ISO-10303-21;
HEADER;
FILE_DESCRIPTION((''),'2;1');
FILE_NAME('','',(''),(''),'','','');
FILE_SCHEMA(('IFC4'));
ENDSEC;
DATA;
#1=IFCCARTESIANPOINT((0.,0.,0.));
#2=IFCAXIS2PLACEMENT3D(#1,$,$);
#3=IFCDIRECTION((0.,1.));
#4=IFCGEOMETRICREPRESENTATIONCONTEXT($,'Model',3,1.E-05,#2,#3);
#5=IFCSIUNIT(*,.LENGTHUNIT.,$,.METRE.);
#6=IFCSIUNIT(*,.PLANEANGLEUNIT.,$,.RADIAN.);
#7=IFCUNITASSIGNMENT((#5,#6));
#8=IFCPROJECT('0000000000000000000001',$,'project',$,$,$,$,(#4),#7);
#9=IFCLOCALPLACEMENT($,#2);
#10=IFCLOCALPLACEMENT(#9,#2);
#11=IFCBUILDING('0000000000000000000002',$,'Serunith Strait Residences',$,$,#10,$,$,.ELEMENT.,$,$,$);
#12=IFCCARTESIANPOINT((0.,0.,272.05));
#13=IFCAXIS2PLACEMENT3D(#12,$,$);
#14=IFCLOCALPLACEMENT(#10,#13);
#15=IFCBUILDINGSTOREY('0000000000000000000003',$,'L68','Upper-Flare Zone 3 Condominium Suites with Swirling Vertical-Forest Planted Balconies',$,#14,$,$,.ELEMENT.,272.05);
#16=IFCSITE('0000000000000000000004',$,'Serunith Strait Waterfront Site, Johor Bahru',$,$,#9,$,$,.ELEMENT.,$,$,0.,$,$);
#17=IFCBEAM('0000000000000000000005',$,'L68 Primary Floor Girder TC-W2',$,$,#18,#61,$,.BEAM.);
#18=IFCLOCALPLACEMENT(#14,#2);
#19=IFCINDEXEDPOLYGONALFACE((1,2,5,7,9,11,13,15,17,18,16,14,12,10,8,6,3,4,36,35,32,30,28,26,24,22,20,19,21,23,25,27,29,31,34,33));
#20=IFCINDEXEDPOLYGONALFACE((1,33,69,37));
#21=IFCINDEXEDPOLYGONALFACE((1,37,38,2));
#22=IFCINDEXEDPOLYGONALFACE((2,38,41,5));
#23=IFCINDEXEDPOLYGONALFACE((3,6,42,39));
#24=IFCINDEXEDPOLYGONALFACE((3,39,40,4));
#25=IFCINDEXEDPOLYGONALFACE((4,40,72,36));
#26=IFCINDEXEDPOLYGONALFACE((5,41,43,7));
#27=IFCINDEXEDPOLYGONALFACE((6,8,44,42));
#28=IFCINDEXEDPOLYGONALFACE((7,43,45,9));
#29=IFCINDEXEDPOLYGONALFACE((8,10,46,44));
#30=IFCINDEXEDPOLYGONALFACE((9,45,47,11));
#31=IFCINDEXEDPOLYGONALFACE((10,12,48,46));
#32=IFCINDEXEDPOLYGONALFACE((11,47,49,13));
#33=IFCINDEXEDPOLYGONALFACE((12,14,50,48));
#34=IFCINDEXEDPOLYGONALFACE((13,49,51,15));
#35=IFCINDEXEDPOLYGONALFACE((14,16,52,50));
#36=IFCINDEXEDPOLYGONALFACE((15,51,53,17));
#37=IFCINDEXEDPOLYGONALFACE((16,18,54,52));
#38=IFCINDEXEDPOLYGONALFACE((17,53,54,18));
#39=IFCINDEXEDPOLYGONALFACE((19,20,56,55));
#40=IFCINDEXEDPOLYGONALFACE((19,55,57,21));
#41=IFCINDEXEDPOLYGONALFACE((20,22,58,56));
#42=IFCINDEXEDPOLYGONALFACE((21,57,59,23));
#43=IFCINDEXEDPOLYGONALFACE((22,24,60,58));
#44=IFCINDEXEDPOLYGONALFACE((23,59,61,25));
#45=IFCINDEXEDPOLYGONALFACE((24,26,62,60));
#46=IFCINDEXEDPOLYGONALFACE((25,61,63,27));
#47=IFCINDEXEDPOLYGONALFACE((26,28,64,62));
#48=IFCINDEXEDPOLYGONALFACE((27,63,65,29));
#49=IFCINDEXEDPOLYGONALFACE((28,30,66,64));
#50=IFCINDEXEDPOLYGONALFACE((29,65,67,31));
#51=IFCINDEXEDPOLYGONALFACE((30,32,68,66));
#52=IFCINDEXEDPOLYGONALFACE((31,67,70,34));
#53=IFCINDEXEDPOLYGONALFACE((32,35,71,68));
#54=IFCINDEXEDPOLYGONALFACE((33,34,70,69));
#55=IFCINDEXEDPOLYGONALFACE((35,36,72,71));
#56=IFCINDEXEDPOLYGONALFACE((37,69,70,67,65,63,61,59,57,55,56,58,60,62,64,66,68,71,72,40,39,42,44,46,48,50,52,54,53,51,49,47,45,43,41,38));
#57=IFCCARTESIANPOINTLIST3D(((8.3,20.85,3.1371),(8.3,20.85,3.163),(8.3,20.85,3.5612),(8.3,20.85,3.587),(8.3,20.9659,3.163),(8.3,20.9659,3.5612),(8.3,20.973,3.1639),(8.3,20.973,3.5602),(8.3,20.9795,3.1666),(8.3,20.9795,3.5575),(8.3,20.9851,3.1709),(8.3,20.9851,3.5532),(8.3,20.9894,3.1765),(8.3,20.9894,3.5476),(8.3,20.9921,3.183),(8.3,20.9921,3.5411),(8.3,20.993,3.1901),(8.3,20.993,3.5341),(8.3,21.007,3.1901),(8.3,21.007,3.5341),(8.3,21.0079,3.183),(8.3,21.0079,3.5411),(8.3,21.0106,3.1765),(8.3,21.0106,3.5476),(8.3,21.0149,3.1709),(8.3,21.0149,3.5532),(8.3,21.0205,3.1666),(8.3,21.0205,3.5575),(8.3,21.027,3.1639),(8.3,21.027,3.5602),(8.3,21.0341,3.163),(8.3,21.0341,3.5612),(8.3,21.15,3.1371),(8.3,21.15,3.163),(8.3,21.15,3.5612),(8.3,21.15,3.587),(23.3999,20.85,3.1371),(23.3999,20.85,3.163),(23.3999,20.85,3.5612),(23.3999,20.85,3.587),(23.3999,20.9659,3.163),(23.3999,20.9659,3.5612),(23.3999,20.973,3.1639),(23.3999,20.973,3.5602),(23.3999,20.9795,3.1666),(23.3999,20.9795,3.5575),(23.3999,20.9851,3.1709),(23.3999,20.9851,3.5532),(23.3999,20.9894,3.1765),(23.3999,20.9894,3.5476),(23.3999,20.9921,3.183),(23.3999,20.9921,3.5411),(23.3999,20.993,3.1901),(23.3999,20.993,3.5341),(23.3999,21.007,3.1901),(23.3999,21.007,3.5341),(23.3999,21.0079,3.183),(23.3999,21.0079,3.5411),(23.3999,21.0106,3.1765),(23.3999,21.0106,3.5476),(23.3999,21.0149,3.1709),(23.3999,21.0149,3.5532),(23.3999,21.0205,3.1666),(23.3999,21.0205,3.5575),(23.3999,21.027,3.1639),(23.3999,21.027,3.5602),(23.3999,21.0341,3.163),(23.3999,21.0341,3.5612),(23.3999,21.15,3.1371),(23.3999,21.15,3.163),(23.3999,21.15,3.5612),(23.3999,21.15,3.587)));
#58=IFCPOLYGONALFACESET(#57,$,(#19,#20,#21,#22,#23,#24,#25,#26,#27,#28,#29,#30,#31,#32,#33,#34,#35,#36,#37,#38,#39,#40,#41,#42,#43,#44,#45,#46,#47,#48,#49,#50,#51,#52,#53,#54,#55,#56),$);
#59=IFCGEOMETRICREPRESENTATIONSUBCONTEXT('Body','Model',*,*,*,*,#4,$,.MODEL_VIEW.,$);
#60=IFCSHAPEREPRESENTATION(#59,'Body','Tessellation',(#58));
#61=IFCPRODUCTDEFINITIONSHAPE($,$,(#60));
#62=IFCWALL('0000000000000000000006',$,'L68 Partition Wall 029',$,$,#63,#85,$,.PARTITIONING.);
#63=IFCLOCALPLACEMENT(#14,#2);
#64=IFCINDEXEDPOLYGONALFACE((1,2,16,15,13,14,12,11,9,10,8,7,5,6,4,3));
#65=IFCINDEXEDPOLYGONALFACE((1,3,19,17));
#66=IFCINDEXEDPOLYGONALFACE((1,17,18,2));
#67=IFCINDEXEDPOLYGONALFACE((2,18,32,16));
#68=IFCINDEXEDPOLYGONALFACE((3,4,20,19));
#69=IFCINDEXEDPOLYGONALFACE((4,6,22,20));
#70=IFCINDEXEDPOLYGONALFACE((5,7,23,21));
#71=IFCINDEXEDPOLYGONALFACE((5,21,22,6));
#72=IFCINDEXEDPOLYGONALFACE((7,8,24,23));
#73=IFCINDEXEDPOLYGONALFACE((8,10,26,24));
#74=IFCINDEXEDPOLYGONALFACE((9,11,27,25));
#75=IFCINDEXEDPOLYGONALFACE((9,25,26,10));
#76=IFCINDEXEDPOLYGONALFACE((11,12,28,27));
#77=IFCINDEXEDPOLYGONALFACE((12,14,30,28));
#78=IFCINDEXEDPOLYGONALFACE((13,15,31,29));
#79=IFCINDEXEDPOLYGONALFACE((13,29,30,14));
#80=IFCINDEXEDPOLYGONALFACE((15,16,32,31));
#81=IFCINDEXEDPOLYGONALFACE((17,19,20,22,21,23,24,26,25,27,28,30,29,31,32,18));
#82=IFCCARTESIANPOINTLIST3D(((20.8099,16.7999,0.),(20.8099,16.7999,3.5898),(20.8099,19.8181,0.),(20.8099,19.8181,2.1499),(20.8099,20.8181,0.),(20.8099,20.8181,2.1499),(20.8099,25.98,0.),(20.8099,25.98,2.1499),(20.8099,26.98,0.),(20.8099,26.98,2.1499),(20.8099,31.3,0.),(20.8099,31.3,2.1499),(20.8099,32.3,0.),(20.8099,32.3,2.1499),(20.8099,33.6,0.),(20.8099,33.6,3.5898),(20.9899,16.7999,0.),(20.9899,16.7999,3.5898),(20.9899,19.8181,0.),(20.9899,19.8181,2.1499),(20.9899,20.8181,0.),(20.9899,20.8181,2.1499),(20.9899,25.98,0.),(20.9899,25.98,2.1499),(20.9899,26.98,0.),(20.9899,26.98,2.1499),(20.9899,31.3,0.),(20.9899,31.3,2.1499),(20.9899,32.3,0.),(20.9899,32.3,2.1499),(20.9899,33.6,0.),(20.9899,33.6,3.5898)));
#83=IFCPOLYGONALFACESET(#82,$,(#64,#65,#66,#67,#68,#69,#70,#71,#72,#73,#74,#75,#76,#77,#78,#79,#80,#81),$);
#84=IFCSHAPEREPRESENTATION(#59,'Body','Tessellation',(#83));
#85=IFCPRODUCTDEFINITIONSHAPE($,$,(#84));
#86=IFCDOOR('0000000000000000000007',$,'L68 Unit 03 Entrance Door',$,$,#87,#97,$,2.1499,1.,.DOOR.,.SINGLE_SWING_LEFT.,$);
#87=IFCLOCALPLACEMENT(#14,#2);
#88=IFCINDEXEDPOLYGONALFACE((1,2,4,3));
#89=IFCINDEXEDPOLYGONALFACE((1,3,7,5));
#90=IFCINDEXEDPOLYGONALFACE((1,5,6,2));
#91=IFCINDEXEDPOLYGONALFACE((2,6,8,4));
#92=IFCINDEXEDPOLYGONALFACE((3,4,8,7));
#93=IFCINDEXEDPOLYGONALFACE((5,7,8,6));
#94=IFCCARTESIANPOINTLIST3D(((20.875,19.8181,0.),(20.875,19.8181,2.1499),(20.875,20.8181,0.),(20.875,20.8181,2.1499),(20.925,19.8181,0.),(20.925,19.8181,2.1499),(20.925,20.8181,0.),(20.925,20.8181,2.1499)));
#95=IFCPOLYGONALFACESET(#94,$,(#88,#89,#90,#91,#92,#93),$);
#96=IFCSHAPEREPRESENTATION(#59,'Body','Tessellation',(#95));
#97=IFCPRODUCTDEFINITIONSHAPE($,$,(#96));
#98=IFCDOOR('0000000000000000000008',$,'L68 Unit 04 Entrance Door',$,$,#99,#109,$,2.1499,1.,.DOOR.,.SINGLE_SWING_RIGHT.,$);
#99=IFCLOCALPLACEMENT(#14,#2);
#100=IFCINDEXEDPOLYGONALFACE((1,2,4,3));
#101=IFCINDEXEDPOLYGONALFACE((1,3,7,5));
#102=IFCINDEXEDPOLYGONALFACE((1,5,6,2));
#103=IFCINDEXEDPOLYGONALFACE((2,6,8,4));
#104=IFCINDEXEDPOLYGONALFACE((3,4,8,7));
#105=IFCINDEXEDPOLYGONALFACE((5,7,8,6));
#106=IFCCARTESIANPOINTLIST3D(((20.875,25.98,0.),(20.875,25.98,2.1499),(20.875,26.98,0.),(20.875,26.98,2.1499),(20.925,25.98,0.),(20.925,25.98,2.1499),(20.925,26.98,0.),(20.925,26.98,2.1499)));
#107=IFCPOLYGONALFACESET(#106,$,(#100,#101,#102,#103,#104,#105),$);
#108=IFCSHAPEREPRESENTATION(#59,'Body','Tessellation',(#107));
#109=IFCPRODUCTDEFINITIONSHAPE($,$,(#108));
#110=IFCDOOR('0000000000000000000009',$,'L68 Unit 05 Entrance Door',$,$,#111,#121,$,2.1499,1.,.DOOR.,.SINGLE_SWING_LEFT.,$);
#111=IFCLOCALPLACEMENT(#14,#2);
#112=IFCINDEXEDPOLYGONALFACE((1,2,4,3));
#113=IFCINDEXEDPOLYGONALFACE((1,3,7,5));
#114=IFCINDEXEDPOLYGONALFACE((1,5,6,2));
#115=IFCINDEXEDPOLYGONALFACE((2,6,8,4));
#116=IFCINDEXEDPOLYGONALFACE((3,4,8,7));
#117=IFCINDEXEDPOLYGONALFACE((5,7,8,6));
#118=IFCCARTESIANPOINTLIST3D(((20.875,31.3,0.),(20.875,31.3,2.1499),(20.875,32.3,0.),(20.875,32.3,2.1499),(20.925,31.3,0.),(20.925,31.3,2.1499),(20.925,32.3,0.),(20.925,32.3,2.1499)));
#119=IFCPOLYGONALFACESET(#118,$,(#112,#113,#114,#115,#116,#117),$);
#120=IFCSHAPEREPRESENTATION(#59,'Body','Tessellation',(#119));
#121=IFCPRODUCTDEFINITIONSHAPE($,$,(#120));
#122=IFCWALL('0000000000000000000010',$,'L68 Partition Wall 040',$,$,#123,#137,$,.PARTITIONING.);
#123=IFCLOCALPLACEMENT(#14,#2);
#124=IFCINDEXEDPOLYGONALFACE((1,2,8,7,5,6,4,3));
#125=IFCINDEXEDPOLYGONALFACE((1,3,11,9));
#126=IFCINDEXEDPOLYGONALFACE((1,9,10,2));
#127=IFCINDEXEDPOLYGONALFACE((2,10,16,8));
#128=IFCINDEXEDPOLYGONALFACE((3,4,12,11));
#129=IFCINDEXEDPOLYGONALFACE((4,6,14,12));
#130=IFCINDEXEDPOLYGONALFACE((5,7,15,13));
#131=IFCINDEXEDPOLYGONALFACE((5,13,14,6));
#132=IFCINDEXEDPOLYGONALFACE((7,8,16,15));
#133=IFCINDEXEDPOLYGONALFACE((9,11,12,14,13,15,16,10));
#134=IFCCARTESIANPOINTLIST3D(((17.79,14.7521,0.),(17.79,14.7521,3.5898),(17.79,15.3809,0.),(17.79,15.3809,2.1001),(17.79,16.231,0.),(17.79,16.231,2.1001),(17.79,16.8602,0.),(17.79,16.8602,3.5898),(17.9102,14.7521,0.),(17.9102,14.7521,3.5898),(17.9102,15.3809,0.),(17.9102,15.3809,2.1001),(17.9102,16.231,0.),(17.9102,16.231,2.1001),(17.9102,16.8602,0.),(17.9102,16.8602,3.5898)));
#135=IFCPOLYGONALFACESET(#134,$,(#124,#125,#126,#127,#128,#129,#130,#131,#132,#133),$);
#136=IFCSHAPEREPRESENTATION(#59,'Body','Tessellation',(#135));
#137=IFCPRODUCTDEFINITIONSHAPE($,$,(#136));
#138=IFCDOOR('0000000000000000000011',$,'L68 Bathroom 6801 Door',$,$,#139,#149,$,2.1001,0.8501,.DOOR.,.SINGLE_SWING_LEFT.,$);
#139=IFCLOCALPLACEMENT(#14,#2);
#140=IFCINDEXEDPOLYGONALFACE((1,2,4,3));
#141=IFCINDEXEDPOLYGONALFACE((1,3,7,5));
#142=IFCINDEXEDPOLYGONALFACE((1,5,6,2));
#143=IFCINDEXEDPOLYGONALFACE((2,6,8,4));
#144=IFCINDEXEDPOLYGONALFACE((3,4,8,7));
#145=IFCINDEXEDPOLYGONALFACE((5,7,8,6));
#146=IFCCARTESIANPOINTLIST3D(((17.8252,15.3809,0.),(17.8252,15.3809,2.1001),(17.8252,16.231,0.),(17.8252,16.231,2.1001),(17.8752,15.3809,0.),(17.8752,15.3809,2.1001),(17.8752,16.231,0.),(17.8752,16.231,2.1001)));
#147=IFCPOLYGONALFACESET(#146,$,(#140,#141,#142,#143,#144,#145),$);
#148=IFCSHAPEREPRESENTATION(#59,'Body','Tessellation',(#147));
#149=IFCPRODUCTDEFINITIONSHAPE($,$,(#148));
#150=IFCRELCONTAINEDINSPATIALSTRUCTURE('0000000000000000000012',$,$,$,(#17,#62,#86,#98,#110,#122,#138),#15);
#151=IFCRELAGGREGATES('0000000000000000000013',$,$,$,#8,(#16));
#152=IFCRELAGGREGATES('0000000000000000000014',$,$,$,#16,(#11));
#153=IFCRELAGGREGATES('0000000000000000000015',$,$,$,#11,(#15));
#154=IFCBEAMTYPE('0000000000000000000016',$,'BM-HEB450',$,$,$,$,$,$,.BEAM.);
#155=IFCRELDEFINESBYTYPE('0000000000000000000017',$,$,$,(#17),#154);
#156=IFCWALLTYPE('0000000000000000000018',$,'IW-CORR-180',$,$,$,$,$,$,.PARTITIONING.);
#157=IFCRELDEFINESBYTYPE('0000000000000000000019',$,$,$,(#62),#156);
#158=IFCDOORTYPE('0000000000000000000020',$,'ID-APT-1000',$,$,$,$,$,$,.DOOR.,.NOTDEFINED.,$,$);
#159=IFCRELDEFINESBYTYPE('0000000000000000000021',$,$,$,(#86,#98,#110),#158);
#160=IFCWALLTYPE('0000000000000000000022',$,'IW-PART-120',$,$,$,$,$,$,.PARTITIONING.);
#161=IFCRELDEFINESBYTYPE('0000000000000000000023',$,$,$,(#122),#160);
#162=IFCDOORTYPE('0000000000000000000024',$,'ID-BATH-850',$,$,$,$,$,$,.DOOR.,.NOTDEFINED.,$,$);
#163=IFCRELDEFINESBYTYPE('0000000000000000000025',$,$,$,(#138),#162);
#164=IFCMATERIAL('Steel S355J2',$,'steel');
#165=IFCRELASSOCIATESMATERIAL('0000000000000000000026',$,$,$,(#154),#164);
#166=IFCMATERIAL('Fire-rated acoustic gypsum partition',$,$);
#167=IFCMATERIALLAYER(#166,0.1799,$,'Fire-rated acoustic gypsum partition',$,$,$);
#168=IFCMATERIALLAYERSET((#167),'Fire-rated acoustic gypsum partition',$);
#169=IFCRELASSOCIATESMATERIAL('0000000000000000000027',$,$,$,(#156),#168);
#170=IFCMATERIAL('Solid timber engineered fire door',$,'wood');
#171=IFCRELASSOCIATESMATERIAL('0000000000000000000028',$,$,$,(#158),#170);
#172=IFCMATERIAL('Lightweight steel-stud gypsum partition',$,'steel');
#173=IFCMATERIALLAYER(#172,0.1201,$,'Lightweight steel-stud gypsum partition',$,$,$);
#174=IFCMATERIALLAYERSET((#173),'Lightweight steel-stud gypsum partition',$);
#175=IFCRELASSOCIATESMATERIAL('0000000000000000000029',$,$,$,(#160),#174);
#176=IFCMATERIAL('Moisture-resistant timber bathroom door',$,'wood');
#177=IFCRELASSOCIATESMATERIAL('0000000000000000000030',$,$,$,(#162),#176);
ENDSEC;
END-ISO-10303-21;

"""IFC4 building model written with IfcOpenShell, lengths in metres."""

from ifc_helpers import new_model, si_unit, direction, frame, frame_2d, origin, origin_2d, place, context, subcontext, project, spatial, rectangle, i_section, extrude, source, transform, mapped, material, layer, layer_set, material_profile, profile_set, type_object, element, fill, save


model = new_model("IFC4")

# Units and contexts
model_context = context("Model", 3, precision=1e-05, world=origin(), true_north=direction((0.0, 1.0)))
body_context = subcontext(model_context, "Body", "Model", "MODEL_VIEW")
ifc_project = project(units=[si_unit("LENGTHUNIT", "METRE"), si_unit("PLANEANGLEUNIT", "RADIAN")], contexts=[model_context])

# Site, building, storey
site_placement = place(None, origin())
site = spatial("IfcSite", under=ifc_project, at=site_placement, Name="Serunith Strait Waterfront Site, Johor Bahru", CompositionType="ELEMENT", RefElevation=0.0)
building_placement = place(site_placement, origin())
building = spatial("IfcBuilding", under=site, at=building_placement, Name="Serunith Strait Residences", CompositionType="ELEMENT")
storey_placement = place(building_placement, frame((0.0, 0.0, 272.05)))
storey = spatial("IfcBuildingStorey", under=building, at=storey_placement, Name="L68", Description="Upper-Flare Zone 3 Condominium Suites with Swirling Vertical-Forest Planted Balconies", CompositionType="ELEMENT", Elevation=272.05)

# Beam
ifc_material_1 = material(Name="Steel S355J2", Category="steel")
ifc_material_profile = material_profile(ifc_material_1, i_section(OverallWidth=0.3, OverallDepth=0.45, WebThickness=0.0139, FlangeThickness=0.0259, FilletRadius=0.0271, at=origin_2d()), Name="HEB 450")
ifc_profile_set = profile_set([ifc_material_profile], Name="Steel S355J2")
beam_type = type_object("IfcBeamType", Name="BM-HEB450", PredefinedType="BEAM", material=ifc_profile_set)
shared_shape_1 = source(origin(), body_context, "Body", "SweptSolid", [
    extrude(i_section(OverallWidth=0.3, OverallDepth=0.45, WebThickness=0.0139, FlangeThickness=0.0259, FilletRadius=0.0271, at=origin_2d()), origin(), (0.0, 0.0, 1.0), 15.0999),
])
beam_placement = place(storey_placement, frame((23.3999, 21.0, 3.3621), z_axis=(-1.0, 0.0, 0.0), x_axis=(0.0, -1.0, 0.0)))
element("IfcBeam", 1, at=beam_placement, inside=storey, type_object=beam_type, Name="L68 Primary Floor Girder TC-W2", PredefinedType="BEAM", context=body_context, shape_type="MappedRepresentation", body=[
    mapped(shared_shape_1, transform((0.0, 0.0, 0.0), scale=1.0)),
])

# Shared definitions
ifc_material_2 = material(Name="Fire-rated acoustic gypsum partition")
ifc_layer_1 = layer(ifc_material_2, 0.1799, Name="Fire-rated acoustic gypsum partition")
ifc_layer_set_1 = layer_set([ifc_layer_1], Name="Fire-rated acoustic gypsum partition")
wall_type_1 = type_object("IfcWallType", Name="IW-CORR-180", PredefinedType="PARTITIONING", material=ifc_layer_set_1)
ifc_material_3 = material(Name="Solid timber engineered fire door", Category="wood")
door_type_1 = type_object("IfcDoorType", Name="ID-APT-1000", OperationType="NOTDEFINED", PredefinedType="DOOR", material=ifc_material_3)
shared_shape_2 = source(origin(), body_context, "Body", "SweptSolid", [
    extrude(rectangle(XDim=1.0, YDim=2.1499, at=frame_2d((0.5, 1.075))), frame((0.0, 0.0249, 0.0), z_axis=(0.0, -1.0, 0.0), x_axis=(1.0, 0.0, 0.0)), (0.0, 0.0, 1.0), 0.05),
])

# Wall, openings, doors
wall_1_placement = place(storey_placement, frame((20.8999, 16.8, 0.0), z_axis=(0.0, 0.0, 1.0), x_axis=(0.0, 1.0, 0.0)))
wall_1 = element("IfcWall", 2, at=wall_1_placement, inside=storey, type_object=wall_type_1, Name="L68 Partition Wall 029", PredefinedType="PARTITIONING", context=body_context, shape_type="SweptSolid", body=[
    extrude(rectangle(XDim=16.8, YDim=0.1799, at=frame_2d((8.3999, 0.0))), origin(), (0.0, 0.0, 1.0), 3.5898),
])
opening_1_placement = place(wall_1_placement, frame((3.0181, 0.0, 0.0)))
opening_1 = element("IfcOpeningElement", 3, at=opening_1_placement, cuts=wall_1, PredefinedType="OPENING", context=body_context, shape_type="SweptSolid", body=[
    extrude(rectangle(XDim=1.0, YDim=2.1499, at=frame_2d((0.5, 1.075))), frame((0.0, 0.1001, 0.0), z_axis=(0.0, -1.0, 0.0), x_axis=(1.0, 0.0, 0.0)), (0.0, 0.0, 1.0), 0.2),
])
opening_2_placement = place(wall_1_placement, frame((9.1799, 0.0, 0.0)))
opening_2 = element("IfcOpeningElement", 4, at=opening_2_placement, cuts=wall_1, PredefinedType="OPENING", context=body_context, shape_type="SweptSolid", body=[
    extrude(rectangle(XDim=1.0, YDim=2.1499, at=frame_2d((0.5, 1.075))), frame((0.0, 0.1001, 0.0), z_axis=(0.0, -1.0, 0.0), x_axis=(1.0, 0.0, 0.0)), (0.0, 0.0, 1.0), 0.2),
])
opening_3_placement = place(wall_1_placement, frame((14.5, 0.0, 0.0)))
opening_3 = element("IfcOpeningElement", 5, at=opening_3_placement, cuts=wall_1, PredefinedType="OPENING", context=body_context, shape_type="SweptSolid", body=[
    extrude(rectangle(XDim=1.0, YDim=2.1499, at=frame_2d((0.5, 1.075))), frame((0.0, 0.1001, 0.0), z_axis=(0.0, -1.0, 0.0), x_axis=(1.0, 0.0, 0.0)), (0.0, 0.0, 1.0), 0.2),
])
door_1_placement = place(opening_1_placement, origin())
door_1 = element("IfcDoor", 6, at=door_1_placement, inside=storey, type_object=door_type_1, Name="L68 Unit 03 Entrance Door", OperationType="SINGLE_SWING_LEFT", OverallHeight=2.1499, OverallWidth=1.0, PredefinedType="DOOR", context=body_context, shape_type="MappedRepresentation", body=[
    mapped(shared_shape_2, transform((0.0, 0.0, 0.0), scale=1.0)),
])
fill(opening_1, door_1)
door_2_placement = place(opening_2_placement, origin())
door_2 = element("IfcDoor", 7, at=door_2_placement, inside=storey, type_object=door_type_1, Name="L68 Unit 04 Entrance Door", OperationType="SINGLE_SWING_RIGHT", OverallHeight=2.1499, OverallWidth=1.0, PredefinedType="DOOR", context=body_context, shape_type="MappedRepresentation", body=[
    mapped(shared_shape_2, transform((0.0, 0.0, 0.0), scale=1.0)),
])
fill(opening_2, door_2)
door_3_placement = place(opening_3_placement, origin())
door_3 = element("IfcDoor", 8, at=door_3_placement, inside=storey, type_object=door_type_1, Name="L68 Unit 05 Entrance Door", OperationType="SINGLE_SWING_LEFT", OverallHeight=2.1499, OverallWidth=1.0, PredefinedType="DOOR", context=body_context, shape_type="MappedRepresentation", body=[
    mapped(shared_shape_2, transform((0.0, 0.0, 0.0), scale=1.0)),
])
fill(opening_3, door_3)

# Wall, opening, door
ifc_material_4 = material(Name="Lightweight steel-stud gypsum partition", Category="steel")
ifc_layer_2 = layer(ifc_material_4, 0.1201, Name="Lightweight steel-stud gypsum partition")
ifc_layer_set_2 = layer_set([ifc_layer_2], Name="Lightweight steel-stud gypsum partition")
wall_type_2 = type_object("IfcWallType", Name="IW-PART-120", PredefinedType="PARTITIONING", material=ifc_layer_set_2)
wall_2_placement = place(storey_placement, frame((17.8501, 14.752, 0.0), z_axis=(0.0, 0.0, 1.0), x_axis=(0.0, 1.0, 0.0)))
wall_2 = element("IfcWall", 9, at=wall_2_placement, inside=storey, type_object=wall_type_2, Name="L68 Partition Wall 040", PredefinedType="PARTITIONING", context=body_context, shape_type="SweptSolid", body=[
    extrude(rectangle(XDim=2.1082, YDim=0.1201, at=frame_2d((1.0542, 0.0))), origin(), (0.0, 0.0, 1.0), 3.5898),
])
opening_4_placement = place(wall_2_placement, frame((0.6289, 0.0, 0.0)))
opening_4 = element("IfcOpeningElement", 10, at=opening_4_placement, cuts=wall_2, PredefinedType="OPENING", context=body_context, shape_type="SweptSolid", body=[
    extrude(rectangle(XDim=0.8501, YDim=2.1001, at=frame_2d((0.425, 1.05))), frame((0.0, 0.0701, 0.0), z_axis=(0.0, -1.0, 0.0), x_axis=(1.0, 0.0, 0.0)), (0.0, 0.0, 1.0), 0.1401),
])
ifc_material_5 = material(Name="Moisture-resistant timber bathroom door", Category="wood")
door_type_2 = type_object("IfcDoorType", Name="ID-BATH-850", OperationType="NOTDEFINED", PredefinedType="DOOR", material=ifc_material_5)
shared_shape_3 = source(origin(), body_context, "Body", "SweptSolid", [
    extrude(rectangle(XDim=0.8501, YDim=2.1001, at=frame_2d((0.425, 1.05))), frame((0.0, 0.0249, 0.0), z_axis=(0.0, -1.0, 0.0), x_axis=(1.0, 0.0, 0.0)), (0.0, 0.0, 1.0), 0.05),
])
door_4_placement = place(opening_4_placement, origin())
door_4 = element("IfcDoor", 11, at=door_4_placement, inside=storey, type_object=door_type_2, Name="L68 Bathroom 6801 Door", OperationType="SINGLE_SWING_LEFT", OverallHeight=2.1001, OverallWidth=0.8501, PredefinedType="DOOR", context=body_context, shape_type="MappedRepresentation", body=[
    mapped(shared_shape_3, transform((0.0, 0.0, 0.0), scale=1.0)),
])
fill(opening_4, door_4)

save(model, "model.ifc")
